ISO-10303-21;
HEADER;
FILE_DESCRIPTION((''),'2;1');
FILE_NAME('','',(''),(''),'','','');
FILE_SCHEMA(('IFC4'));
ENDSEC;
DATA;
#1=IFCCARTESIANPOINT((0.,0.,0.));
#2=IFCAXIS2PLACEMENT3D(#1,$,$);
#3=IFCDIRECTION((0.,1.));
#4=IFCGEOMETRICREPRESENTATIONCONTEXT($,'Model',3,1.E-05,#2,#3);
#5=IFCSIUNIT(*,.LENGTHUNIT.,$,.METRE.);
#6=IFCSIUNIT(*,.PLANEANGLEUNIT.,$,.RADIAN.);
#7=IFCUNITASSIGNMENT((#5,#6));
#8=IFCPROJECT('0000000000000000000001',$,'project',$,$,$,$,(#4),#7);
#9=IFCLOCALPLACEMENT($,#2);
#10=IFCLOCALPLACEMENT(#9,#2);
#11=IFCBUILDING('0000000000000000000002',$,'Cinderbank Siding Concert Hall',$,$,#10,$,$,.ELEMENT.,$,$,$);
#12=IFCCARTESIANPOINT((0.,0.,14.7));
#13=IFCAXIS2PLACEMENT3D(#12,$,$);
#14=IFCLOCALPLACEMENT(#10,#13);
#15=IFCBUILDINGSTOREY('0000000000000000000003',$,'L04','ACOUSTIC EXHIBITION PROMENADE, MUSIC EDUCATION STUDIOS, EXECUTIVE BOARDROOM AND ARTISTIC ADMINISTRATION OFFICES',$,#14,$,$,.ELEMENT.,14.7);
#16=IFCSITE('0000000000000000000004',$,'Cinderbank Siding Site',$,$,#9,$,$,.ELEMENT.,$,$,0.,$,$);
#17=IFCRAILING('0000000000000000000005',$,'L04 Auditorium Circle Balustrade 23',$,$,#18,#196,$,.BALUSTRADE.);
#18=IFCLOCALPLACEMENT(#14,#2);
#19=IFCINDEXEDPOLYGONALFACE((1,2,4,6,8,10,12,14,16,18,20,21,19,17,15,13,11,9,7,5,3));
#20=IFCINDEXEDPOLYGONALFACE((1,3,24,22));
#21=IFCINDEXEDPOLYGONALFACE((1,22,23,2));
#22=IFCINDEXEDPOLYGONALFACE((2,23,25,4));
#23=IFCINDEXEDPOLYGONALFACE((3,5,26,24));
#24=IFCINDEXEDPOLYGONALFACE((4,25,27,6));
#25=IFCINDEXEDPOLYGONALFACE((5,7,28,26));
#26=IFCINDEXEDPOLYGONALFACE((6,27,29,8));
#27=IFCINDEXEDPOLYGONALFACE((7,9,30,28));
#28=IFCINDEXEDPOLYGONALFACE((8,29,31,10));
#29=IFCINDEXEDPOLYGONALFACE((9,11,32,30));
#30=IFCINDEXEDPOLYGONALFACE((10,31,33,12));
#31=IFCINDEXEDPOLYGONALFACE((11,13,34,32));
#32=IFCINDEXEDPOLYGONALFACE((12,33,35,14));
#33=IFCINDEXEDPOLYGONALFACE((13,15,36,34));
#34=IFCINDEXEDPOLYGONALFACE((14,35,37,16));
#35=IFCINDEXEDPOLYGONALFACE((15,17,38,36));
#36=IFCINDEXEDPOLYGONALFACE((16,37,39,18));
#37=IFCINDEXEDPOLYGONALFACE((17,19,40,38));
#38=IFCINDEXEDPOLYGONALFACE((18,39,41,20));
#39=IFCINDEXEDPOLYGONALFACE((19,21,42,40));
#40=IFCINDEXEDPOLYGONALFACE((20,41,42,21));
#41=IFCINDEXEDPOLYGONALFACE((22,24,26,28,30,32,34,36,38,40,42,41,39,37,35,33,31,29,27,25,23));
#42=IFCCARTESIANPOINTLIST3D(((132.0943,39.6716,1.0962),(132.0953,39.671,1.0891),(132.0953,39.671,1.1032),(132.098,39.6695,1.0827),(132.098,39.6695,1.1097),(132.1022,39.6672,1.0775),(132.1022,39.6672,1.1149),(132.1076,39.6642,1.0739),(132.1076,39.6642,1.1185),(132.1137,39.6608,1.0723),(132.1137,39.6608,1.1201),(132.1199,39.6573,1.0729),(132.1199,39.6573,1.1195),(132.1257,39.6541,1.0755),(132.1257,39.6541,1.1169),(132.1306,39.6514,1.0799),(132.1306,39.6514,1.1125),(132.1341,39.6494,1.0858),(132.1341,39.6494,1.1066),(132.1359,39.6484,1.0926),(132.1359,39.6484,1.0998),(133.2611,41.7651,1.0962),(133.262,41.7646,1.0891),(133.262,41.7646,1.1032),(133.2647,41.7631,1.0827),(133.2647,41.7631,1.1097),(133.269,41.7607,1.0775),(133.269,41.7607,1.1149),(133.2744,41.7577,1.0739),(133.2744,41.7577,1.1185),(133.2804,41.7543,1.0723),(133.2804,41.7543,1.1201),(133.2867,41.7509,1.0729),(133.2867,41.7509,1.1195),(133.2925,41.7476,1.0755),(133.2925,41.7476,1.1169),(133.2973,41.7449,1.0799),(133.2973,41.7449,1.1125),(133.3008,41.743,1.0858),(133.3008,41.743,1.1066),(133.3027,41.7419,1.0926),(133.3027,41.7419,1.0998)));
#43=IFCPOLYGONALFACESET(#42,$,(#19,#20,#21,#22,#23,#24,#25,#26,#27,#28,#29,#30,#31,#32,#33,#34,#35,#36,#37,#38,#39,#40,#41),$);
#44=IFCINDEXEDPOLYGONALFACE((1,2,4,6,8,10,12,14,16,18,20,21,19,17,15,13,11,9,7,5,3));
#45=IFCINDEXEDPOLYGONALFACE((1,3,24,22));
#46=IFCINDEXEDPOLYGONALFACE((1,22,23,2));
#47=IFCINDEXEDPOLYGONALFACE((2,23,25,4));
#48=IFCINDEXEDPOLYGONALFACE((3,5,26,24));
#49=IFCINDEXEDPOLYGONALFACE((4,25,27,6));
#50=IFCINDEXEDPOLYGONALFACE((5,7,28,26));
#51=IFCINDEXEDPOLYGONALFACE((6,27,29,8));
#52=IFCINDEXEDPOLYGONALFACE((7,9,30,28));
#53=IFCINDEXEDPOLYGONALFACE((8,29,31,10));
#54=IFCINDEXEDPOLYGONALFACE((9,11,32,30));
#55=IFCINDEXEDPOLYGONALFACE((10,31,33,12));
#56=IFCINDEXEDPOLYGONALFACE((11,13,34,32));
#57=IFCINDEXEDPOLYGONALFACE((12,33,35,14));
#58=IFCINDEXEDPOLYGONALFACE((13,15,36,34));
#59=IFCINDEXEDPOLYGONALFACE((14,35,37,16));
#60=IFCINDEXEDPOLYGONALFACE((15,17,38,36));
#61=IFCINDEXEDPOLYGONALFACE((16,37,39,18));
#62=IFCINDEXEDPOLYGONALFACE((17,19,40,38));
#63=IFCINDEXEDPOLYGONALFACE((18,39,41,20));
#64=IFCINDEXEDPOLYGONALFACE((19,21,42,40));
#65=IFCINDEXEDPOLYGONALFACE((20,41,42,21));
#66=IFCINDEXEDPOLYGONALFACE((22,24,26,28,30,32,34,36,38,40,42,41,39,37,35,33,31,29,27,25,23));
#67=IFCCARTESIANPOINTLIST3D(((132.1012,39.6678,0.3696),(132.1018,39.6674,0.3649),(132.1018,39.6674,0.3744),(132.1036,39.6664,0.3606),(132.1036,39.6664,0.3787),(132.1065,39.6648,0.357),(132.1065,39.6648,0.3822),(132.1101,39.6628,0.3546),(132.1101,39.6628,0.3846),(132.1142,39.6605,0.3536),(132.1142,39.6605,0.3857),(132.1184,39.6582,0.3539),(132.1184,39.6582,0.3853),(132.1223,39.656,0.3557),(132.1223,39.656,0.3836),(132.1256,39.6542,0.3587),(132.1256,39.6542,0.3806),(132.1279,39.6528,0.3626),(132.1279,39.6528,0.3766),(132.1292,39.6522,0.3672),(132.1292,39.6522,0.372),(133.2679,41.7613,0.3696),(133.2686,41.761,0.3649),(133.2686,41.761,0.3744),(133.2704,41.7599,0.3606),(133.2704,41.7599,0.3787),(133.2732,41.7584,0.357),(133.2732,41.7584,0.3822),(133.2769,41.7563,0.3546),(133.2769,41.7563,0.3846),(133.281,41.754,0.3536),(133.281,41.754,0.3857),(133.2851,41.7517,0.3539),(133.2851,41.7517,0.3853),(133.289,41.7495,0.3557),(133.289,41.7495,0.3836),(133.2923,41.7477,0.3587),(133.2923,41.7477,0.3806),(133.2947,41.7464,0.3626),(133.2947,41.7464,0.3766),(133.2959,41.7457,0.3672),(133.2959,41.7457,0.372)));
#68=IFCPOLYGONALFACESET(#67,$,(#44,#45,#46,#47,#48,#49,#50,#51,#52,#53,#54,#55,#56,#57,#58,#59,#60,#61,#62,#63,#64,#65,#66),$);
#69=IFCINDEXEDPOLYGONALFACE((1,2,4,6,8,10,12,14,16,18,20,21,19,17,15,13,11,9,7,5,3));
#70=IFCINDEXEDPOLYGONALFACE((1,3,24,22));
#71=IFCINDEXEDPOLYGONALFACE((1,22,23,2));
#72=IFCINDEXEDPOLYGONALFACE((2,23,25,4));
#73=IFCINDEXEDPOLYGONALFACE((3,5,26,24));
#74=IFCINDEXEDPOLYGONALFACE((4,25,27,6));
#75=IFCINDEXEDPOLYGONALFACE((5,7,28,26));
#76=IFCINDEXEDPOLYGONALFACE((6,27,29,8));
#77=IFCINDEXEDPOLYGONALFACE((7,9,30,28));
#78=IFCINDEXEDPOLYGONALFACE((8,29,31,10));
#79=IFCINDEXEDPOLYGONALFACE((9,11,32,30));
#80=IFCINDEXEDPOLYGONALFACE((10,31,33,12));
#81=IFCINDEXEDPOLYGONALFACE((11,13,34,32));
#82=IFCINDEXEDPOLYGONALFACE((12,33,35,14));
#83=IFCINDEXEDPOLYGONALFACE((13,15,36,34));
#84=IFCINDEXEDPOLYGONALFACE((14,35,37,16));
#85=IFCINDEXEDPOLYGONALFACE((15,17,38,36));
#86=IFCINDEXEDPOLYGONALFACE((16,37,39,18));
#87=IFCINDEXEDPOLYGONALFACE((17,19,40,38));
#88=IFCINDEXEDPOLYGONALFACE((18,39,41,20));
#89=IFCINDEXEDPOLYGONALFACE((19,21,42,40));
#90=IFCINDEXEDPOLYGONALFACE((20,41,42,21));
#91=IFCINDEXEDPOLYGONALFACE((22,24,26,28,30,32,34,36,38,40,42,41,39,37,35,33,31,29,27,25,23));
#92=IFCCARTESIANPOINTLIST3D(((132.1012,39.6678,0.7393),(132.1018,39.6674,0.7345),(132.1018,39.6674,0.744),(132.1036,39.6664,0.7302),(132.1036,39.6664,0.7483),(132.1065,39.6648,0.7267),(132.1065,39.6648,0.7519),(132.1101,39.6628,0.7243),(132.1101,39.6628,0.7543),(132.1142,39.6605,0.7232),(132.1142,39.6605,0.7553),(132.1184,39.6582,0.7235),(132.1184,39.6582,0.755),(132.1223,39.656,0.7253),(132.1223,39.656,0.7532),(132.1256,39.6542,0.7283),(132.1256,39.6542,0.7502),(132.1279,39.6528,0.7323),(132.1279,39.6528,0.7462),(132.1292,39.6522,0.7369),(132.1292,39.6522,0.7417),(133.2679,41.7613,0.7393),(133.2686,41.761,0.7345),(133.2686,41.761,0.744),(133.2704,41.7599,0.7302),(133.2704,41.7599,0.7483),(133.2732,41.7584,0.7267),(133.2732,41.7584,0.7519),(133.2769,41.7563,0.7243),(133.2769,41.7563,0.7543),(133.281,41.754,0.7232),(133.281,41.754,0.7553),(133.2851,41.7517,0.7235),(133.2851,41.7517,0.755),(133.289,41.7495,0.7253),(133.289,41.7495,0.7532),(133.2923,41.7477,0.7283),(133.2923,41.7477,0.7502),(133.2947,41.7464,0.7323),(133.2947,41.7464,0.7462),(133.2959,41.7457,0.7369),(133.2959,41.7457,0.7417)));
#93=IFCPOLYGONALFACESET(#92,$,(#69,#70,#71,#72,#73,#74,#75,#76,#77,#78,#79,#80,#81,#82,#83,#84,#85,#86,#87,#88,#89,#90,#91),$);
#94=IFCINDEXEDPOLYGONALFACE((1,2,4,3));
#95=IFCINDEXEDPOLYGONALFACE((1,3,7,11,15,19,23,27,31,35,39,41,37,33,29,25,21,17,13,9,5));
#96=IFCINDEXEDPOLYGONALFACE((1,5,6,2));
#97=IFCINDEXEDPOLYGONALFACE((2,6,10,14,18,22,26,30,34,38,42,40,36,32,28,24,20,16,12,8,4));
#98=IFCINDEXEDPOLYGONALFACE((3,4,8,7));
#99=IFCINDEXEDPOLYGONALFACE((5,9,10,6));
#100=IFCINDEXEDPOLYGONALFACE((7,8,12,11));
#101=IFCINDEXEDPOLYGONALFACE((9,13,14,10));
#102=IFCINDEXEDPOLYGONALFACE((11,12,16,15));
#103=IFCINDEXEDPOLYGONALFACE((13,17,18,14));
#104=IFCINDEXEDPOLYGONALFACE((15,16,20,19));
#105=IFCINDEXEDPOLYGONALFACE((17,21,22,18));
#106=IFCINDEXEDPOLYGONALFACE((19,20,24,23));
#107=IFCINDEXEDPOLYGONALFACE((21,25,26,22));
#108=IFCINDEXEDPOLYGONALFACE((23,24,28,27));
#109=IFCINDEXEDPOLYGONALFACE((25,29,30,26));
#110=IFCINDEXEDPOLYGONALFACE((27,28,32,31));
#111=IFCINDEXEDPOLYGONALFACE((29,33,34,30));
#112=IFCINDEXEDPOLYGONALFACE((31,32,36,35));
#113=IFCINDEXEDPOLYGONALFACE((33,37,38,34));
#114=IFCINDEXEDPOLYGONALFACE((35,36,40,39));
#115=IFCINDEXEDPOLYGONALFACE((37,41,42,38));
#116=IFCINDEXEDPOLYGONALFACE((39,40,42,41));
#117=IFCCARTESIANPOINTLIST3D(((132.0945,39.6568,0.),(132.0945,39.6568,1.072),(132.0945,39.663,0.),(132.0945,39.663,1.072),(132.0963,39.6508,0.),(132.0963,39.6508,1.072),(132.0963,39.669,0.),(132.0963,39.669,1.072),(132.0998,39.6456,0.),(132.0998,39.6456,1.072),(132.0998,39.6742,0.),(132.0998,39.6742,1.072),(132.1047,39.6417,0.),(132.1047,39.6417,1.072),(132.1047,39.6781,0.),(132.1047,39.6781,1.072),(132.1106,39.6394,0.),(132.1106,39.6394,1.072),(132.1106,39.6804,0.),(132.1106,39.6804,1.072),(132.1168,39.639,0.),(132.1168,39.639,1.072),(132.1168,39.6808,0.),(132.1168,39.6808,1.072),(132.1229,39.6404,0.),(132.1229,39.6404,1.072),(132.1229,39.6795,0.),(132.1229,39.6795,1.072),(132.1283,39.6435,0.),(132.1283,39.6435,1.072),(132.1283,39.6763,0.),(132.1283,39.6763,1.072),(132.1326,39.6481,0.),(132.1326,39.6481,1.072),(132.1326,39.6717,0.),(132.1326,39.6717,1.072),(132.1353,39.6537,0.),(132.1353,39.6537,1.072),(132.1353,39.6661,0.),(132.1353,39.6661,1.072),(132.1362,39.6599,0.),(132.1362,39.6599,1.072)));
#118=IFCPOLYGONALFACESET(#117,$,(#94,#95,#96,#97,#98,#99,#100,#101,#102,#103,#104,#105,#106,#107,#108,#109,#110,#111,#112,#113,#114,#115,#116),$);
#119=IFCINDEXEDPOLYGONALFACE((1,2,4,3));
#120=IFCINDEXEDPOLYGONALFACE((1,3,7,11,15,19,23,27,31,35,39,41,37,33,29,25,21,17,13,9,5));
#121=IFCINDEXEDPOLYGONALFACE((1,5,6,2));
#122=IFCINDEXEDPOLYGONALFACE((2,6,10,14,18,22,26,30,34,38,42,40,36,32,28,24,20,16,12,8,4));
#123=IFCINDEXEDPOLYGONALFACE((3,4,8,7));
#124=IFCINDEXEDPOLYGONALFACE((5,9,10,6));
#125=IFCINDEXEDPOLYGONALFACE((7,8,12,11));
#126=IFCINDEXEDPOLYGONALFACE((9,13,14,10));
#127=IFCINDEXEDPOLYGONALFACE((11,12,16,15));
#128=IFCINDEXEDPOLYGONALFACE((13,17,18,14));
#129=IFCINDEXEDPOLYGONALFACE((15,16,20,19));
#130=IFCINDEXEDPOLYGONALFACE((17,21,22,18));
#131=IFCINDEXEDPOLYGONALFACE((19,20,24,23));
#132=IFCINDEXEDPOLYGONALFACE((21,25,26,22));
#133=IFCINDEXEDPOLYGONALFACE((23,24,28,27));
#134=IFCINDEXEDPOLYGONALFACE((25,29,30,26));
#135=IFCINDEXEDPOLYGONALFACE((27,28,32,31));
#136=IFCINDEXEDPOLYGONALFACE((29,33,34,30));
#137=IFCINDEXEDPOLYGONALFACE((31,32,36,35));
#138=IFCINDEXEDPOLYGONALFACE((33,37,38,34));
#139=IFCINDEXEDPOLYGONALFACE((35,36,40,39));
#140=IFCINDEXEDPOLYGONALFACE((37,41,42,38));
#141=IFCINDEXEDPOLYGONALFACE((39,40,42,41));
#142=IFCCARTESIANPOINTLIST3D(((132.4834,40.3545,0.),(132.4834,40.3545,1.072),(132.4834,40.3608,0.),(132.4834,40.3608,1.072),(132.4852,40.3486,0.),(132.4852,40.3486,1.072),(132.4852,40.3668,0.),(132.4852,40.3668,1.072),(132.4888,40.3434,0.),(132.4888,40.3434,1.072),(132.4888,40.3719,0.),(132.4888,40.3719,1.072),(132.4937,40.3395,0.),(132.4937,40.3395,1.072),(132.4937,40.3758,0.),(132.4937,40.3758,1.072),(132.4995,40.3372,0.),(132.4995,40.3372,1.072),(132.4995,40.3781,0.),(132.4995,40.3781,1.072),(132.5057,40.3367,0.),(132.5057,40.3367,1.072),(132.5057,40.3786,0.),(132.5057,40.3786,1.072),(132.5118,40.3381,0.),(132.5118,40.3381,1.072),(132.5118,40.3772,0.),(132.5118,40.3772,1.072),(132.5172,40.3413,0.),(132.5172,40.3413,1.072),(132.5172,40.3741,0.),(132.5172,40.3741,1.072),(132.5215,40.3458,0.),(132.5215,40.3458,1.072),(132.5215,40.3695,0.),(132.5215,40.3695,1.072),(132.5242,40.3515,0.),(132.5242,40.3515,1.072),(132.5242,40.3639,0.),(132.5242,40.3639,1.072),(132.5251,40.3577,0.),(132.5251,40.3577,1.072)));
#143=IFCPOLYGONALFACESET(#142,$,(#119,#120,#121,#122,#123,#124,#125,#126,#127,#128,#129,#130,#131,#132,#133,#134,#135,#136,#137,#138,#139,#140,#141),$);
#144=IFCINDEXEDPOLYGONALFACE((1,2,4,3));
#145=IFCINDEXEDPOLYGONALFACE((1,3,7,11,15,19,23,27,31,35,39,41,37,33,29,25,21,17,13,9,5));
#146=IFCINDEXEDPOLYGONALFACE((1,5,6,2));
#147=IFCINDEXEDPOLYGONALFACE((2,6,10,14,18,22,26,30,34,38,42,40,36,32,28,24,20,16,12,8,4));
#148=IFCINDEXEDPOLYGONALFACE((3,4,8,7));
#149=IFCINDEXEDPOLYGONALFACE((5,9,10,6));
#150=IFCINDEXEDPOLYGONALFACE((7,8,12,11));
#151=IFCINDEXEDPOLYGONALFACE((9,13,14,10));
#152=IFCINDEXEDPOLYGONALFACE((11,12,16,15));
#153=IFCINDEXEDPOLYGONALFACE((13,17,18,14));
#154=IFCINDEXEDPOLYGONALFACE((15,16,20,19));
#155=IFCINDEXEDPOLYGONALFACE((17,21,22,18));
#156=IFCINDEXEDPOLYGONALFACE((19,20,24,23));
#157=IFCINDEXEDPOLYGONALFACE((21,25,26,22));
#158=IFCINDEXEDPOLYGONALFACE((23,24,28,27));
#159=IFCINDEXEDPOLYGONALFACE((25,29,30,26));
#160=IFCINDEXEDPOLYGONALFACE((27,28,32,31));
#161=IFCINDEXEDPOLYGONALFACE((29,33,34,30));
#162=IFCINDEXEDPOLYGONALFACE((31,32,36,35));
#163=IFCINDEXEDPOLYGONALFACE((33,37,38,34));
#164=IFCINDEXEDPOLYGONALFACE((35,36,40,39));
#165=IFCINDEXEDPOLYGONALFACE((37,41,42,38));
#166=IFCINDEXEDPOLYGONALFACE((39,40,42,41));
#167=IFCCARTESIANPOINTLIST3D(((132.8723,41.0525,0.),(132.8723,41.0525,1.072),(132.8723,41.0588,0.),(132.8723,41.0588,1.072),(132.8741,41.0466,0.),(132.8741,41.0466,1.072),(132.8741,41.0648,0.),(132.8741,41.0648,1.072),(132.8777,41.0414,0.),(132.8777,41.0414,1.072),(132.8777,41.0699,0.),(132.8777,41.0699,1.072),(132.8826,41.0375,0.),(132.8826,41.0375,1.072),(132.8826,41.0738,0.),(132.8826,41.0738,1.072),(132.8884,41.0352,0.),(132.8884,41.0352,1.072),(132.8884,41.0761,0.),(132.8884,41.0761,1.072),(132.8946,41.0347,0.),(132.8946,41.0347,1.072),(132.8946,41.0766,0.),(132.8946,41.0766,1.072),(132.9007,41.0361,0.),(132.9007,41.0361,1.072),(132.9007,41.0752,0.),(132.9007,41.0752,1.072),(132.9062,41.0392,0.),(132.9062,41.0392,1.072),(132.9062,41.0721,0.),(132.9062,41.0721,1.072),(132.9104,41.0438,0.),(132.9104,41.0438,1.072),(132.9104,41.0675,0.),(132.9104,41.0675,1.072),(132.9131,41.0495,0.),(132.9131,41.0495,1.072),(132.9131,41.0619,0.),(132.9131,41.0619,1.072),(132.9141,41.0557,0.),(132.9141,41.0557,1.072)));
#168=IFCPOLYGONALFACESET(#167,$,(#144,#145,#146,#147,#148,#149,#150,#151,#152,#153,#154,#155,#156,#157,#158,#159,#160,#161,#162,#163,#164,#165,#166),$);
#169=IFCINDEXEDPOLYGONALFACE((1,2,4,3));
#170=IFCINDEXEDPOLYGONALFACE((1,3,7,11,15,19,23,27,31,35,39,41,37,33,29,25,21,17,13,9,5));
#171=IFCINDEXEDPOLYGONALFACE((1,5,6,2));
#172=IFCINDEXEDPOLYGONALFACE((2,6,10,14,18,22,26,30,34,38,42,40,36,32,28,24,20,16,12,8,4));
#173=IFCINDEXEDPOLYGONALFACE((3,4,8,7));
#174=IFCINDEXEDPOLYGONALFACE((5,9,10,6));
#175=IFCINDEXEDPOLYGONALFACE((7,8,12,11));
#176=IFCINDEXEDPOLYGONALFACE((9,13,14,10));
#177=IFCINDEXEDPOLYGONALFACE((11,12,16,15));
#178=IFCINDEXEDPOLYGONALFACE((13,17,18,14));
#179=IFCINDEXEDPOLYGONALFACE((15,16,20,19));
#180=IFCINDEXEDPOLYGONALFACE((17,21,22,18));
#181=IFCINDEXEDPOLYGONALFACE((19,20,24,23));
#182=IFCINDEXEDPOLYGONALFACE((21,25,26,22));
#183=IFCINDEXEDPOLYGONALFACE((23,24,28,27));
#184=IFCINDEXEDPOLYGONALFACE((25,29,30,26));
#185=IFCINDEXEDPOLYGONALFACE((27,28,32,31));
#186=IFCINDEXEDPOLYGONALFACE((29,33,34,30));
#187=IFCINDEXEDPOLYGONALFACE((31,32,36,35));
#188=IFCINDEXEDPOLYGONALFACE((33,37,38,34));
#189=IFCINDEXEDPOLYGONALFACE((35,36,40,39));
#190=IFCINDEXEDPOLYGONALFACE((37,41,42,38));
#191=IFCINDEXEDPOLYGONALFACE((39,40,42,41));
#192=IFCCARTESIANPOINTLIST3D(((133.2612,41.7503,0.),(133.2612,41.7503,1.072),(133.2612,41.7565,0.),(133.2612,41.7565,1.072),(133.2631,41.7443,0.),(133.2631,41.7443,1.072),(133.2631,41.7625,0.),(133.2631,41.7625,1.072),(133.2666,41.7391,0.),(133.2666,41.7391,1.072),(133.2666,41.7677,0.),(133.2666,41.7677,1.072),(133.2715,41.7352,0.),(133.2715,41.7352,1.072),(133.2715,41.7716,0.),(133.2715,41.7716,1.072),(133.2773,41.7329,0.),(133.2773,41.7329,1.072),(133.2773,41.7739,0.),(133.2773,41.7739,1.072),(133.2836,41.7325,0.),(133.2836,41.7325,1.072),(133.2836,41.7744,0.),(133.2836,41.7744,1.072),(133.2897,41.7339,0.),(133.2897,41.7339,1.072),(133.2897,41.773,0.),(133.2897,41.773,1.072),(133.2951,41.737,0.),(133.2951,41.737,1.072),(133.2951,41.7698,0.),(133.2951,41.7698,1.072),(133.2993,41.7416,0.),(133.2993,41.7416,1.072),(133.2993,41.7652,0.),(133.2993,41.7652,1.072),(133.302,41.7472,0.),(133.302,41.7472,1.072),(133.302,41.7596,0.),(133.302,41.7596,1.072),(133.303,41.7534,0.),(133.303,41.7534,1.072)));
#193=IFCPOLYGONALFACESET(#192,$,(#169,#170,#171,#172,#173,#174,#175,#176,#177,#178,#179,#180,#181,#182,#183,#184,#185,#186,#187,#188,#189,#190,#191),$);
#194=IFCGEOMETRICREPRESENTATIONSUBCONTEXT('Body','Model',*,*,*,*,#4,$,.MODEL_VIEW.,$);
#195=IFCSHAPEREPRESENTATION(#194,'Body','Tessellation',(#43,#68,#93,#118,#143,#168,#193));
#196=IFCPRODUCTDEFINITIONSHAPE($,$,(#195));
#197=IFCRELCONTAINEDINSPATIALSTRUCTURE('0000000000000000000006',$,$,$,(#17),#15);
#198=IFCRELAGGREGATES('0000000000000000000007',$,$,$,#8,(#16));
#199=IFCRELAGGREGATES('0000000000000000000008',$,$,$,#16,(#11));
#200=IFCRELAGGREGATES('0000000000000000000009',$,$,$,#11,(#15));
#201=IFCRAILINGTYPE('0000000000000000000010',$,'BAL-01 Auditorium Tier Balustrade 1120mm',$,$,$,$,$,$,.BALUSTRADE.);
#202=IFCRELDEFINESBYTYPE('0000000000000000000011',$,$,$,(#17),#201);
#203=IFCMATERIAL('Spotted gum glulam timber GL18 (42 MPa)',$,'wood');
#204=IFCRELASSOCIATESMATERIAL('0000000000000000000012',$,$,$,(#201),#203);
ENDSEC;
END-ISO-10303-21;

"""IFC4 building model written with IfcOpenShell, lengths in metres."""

from ifc_helpers import new_model, si_unit, direction, frame, origin, origin_2d, place, context, subcontext, project, spatial, circle, extrude, material, type_object, element, save


model = new_model("IFC4")

# Units and contexts
model_context = context("Model", 3, precision=1e-05, world=origin(), true_north=direction((0.0, 1.0)))
body_context = subcontext(model_context, "Body", "Model", "MODEL_VIEW")
ifc_project = project(units=[si_unit("LENGTHUNIT", "METRE"), si_unit("PLANEANGLEUNIT", "RADIAN")], contexts=[model_context])

# Site, building, storey
site_placement = place(None, origin())
site = spatial("IfcSite", under=ifc_project, at=site_placement, Name="Cinderbank Siding Site", CompositionType="ELEMENT", RefElevation=0.0)
building_placement = place(site_placement, origin())
building = spatial("IfcBuilding", under=site, at=building_placement, Name="Cinderbank Siding Concert Hall", CompositionType="ELEMENT")
storey_placement = place(building_placement, frame((0.0, 0.0, 14.7)))
storey = spatial("IfcBuildingStorey", under=building, at=storey_placement, Name="L04", Description="ACOUSTIC EXHIBITION PROMENADE, MUSIC EDUCATION STUDIOS, EXECUTIVE BOARDROOM AND ARTISTIC ADMINISTRATION OFFICES", CompositionType="ELEMENT", Elevation=14.7)

# Shared definitions
ifc_material_1 = material(Name="Spotted gum glulam timber GL18 (42 MPa)", Category="wood")

# Railing
railing_type = type_object("IfcRailingType", Name="BAL-01 Auditorium Tier Balustrade 1120mm", PredefinedType="BALUSTRADE", material=ifc_material_1)
railing_1_placement = place(storey_placement, frame((132.1152, 39.6599, 0.0)))
element("IfcRailing", 1, at=railing_1_placement, inside=storey, type_object=railing_type, Name="L04 Auditorium Circle Balustrade 23", PredefinedType="BALUSTRADE", context=body_context, shape_type="SweptSolid", body=[
    extrude(circle(Radius=0.0239, at=origin_2d()), frame((0.0, 0.0, 1.0962), z_axis=(0.486819, 0.873503, 0.0), x_axis=(-0.873503, 0.486819, 0.0)), (0.0, 0.0, 1.0), 2.3967),
    extrude(circle(Radius=0.0161, at=origin_2d()), frame((0.0, 0.0, 0.3696), z_axis=(0.486819, 0.873503, 0.0), x_axis=(-0.873503, 0.486819, 0.0)), (0.0, 0.0, 1.0), 2.3967),
    extrude(circle(Radius=0.0161, at=origin_2d()), frame((0.0, 0.0, 0.7393), z_axis=(0.486819, 0.873503, 0.0), x_axis=(-0.873503, 0.486819, 0.0)), (0.0, 0.0, 1.0), 2.3967),
    extrude(circle(Radius=0.021, at=origin_2d()), origin(), (0.0, 0.0, 1.0), 1.072),
    extrude(circle(Radius=0.021, at=origin_2d()), frame((0.3889, 0.6978, 0.0)), (0.0, 0.0, 1.0), 1.072),
    extrude(circle(Radius=0.021, at=origin_2d()), frame((0.7778, 1.3958, 0.0)), (0.0, 0.0, 1.0), 1.072),
    extrude(circle(Radius=0.021, at=origin_2d()), frame((1.1667, 2.0935, 0.0)), (0.0, 0.0, 1.0), 1.072),
])

save(model, "model.ifc")
